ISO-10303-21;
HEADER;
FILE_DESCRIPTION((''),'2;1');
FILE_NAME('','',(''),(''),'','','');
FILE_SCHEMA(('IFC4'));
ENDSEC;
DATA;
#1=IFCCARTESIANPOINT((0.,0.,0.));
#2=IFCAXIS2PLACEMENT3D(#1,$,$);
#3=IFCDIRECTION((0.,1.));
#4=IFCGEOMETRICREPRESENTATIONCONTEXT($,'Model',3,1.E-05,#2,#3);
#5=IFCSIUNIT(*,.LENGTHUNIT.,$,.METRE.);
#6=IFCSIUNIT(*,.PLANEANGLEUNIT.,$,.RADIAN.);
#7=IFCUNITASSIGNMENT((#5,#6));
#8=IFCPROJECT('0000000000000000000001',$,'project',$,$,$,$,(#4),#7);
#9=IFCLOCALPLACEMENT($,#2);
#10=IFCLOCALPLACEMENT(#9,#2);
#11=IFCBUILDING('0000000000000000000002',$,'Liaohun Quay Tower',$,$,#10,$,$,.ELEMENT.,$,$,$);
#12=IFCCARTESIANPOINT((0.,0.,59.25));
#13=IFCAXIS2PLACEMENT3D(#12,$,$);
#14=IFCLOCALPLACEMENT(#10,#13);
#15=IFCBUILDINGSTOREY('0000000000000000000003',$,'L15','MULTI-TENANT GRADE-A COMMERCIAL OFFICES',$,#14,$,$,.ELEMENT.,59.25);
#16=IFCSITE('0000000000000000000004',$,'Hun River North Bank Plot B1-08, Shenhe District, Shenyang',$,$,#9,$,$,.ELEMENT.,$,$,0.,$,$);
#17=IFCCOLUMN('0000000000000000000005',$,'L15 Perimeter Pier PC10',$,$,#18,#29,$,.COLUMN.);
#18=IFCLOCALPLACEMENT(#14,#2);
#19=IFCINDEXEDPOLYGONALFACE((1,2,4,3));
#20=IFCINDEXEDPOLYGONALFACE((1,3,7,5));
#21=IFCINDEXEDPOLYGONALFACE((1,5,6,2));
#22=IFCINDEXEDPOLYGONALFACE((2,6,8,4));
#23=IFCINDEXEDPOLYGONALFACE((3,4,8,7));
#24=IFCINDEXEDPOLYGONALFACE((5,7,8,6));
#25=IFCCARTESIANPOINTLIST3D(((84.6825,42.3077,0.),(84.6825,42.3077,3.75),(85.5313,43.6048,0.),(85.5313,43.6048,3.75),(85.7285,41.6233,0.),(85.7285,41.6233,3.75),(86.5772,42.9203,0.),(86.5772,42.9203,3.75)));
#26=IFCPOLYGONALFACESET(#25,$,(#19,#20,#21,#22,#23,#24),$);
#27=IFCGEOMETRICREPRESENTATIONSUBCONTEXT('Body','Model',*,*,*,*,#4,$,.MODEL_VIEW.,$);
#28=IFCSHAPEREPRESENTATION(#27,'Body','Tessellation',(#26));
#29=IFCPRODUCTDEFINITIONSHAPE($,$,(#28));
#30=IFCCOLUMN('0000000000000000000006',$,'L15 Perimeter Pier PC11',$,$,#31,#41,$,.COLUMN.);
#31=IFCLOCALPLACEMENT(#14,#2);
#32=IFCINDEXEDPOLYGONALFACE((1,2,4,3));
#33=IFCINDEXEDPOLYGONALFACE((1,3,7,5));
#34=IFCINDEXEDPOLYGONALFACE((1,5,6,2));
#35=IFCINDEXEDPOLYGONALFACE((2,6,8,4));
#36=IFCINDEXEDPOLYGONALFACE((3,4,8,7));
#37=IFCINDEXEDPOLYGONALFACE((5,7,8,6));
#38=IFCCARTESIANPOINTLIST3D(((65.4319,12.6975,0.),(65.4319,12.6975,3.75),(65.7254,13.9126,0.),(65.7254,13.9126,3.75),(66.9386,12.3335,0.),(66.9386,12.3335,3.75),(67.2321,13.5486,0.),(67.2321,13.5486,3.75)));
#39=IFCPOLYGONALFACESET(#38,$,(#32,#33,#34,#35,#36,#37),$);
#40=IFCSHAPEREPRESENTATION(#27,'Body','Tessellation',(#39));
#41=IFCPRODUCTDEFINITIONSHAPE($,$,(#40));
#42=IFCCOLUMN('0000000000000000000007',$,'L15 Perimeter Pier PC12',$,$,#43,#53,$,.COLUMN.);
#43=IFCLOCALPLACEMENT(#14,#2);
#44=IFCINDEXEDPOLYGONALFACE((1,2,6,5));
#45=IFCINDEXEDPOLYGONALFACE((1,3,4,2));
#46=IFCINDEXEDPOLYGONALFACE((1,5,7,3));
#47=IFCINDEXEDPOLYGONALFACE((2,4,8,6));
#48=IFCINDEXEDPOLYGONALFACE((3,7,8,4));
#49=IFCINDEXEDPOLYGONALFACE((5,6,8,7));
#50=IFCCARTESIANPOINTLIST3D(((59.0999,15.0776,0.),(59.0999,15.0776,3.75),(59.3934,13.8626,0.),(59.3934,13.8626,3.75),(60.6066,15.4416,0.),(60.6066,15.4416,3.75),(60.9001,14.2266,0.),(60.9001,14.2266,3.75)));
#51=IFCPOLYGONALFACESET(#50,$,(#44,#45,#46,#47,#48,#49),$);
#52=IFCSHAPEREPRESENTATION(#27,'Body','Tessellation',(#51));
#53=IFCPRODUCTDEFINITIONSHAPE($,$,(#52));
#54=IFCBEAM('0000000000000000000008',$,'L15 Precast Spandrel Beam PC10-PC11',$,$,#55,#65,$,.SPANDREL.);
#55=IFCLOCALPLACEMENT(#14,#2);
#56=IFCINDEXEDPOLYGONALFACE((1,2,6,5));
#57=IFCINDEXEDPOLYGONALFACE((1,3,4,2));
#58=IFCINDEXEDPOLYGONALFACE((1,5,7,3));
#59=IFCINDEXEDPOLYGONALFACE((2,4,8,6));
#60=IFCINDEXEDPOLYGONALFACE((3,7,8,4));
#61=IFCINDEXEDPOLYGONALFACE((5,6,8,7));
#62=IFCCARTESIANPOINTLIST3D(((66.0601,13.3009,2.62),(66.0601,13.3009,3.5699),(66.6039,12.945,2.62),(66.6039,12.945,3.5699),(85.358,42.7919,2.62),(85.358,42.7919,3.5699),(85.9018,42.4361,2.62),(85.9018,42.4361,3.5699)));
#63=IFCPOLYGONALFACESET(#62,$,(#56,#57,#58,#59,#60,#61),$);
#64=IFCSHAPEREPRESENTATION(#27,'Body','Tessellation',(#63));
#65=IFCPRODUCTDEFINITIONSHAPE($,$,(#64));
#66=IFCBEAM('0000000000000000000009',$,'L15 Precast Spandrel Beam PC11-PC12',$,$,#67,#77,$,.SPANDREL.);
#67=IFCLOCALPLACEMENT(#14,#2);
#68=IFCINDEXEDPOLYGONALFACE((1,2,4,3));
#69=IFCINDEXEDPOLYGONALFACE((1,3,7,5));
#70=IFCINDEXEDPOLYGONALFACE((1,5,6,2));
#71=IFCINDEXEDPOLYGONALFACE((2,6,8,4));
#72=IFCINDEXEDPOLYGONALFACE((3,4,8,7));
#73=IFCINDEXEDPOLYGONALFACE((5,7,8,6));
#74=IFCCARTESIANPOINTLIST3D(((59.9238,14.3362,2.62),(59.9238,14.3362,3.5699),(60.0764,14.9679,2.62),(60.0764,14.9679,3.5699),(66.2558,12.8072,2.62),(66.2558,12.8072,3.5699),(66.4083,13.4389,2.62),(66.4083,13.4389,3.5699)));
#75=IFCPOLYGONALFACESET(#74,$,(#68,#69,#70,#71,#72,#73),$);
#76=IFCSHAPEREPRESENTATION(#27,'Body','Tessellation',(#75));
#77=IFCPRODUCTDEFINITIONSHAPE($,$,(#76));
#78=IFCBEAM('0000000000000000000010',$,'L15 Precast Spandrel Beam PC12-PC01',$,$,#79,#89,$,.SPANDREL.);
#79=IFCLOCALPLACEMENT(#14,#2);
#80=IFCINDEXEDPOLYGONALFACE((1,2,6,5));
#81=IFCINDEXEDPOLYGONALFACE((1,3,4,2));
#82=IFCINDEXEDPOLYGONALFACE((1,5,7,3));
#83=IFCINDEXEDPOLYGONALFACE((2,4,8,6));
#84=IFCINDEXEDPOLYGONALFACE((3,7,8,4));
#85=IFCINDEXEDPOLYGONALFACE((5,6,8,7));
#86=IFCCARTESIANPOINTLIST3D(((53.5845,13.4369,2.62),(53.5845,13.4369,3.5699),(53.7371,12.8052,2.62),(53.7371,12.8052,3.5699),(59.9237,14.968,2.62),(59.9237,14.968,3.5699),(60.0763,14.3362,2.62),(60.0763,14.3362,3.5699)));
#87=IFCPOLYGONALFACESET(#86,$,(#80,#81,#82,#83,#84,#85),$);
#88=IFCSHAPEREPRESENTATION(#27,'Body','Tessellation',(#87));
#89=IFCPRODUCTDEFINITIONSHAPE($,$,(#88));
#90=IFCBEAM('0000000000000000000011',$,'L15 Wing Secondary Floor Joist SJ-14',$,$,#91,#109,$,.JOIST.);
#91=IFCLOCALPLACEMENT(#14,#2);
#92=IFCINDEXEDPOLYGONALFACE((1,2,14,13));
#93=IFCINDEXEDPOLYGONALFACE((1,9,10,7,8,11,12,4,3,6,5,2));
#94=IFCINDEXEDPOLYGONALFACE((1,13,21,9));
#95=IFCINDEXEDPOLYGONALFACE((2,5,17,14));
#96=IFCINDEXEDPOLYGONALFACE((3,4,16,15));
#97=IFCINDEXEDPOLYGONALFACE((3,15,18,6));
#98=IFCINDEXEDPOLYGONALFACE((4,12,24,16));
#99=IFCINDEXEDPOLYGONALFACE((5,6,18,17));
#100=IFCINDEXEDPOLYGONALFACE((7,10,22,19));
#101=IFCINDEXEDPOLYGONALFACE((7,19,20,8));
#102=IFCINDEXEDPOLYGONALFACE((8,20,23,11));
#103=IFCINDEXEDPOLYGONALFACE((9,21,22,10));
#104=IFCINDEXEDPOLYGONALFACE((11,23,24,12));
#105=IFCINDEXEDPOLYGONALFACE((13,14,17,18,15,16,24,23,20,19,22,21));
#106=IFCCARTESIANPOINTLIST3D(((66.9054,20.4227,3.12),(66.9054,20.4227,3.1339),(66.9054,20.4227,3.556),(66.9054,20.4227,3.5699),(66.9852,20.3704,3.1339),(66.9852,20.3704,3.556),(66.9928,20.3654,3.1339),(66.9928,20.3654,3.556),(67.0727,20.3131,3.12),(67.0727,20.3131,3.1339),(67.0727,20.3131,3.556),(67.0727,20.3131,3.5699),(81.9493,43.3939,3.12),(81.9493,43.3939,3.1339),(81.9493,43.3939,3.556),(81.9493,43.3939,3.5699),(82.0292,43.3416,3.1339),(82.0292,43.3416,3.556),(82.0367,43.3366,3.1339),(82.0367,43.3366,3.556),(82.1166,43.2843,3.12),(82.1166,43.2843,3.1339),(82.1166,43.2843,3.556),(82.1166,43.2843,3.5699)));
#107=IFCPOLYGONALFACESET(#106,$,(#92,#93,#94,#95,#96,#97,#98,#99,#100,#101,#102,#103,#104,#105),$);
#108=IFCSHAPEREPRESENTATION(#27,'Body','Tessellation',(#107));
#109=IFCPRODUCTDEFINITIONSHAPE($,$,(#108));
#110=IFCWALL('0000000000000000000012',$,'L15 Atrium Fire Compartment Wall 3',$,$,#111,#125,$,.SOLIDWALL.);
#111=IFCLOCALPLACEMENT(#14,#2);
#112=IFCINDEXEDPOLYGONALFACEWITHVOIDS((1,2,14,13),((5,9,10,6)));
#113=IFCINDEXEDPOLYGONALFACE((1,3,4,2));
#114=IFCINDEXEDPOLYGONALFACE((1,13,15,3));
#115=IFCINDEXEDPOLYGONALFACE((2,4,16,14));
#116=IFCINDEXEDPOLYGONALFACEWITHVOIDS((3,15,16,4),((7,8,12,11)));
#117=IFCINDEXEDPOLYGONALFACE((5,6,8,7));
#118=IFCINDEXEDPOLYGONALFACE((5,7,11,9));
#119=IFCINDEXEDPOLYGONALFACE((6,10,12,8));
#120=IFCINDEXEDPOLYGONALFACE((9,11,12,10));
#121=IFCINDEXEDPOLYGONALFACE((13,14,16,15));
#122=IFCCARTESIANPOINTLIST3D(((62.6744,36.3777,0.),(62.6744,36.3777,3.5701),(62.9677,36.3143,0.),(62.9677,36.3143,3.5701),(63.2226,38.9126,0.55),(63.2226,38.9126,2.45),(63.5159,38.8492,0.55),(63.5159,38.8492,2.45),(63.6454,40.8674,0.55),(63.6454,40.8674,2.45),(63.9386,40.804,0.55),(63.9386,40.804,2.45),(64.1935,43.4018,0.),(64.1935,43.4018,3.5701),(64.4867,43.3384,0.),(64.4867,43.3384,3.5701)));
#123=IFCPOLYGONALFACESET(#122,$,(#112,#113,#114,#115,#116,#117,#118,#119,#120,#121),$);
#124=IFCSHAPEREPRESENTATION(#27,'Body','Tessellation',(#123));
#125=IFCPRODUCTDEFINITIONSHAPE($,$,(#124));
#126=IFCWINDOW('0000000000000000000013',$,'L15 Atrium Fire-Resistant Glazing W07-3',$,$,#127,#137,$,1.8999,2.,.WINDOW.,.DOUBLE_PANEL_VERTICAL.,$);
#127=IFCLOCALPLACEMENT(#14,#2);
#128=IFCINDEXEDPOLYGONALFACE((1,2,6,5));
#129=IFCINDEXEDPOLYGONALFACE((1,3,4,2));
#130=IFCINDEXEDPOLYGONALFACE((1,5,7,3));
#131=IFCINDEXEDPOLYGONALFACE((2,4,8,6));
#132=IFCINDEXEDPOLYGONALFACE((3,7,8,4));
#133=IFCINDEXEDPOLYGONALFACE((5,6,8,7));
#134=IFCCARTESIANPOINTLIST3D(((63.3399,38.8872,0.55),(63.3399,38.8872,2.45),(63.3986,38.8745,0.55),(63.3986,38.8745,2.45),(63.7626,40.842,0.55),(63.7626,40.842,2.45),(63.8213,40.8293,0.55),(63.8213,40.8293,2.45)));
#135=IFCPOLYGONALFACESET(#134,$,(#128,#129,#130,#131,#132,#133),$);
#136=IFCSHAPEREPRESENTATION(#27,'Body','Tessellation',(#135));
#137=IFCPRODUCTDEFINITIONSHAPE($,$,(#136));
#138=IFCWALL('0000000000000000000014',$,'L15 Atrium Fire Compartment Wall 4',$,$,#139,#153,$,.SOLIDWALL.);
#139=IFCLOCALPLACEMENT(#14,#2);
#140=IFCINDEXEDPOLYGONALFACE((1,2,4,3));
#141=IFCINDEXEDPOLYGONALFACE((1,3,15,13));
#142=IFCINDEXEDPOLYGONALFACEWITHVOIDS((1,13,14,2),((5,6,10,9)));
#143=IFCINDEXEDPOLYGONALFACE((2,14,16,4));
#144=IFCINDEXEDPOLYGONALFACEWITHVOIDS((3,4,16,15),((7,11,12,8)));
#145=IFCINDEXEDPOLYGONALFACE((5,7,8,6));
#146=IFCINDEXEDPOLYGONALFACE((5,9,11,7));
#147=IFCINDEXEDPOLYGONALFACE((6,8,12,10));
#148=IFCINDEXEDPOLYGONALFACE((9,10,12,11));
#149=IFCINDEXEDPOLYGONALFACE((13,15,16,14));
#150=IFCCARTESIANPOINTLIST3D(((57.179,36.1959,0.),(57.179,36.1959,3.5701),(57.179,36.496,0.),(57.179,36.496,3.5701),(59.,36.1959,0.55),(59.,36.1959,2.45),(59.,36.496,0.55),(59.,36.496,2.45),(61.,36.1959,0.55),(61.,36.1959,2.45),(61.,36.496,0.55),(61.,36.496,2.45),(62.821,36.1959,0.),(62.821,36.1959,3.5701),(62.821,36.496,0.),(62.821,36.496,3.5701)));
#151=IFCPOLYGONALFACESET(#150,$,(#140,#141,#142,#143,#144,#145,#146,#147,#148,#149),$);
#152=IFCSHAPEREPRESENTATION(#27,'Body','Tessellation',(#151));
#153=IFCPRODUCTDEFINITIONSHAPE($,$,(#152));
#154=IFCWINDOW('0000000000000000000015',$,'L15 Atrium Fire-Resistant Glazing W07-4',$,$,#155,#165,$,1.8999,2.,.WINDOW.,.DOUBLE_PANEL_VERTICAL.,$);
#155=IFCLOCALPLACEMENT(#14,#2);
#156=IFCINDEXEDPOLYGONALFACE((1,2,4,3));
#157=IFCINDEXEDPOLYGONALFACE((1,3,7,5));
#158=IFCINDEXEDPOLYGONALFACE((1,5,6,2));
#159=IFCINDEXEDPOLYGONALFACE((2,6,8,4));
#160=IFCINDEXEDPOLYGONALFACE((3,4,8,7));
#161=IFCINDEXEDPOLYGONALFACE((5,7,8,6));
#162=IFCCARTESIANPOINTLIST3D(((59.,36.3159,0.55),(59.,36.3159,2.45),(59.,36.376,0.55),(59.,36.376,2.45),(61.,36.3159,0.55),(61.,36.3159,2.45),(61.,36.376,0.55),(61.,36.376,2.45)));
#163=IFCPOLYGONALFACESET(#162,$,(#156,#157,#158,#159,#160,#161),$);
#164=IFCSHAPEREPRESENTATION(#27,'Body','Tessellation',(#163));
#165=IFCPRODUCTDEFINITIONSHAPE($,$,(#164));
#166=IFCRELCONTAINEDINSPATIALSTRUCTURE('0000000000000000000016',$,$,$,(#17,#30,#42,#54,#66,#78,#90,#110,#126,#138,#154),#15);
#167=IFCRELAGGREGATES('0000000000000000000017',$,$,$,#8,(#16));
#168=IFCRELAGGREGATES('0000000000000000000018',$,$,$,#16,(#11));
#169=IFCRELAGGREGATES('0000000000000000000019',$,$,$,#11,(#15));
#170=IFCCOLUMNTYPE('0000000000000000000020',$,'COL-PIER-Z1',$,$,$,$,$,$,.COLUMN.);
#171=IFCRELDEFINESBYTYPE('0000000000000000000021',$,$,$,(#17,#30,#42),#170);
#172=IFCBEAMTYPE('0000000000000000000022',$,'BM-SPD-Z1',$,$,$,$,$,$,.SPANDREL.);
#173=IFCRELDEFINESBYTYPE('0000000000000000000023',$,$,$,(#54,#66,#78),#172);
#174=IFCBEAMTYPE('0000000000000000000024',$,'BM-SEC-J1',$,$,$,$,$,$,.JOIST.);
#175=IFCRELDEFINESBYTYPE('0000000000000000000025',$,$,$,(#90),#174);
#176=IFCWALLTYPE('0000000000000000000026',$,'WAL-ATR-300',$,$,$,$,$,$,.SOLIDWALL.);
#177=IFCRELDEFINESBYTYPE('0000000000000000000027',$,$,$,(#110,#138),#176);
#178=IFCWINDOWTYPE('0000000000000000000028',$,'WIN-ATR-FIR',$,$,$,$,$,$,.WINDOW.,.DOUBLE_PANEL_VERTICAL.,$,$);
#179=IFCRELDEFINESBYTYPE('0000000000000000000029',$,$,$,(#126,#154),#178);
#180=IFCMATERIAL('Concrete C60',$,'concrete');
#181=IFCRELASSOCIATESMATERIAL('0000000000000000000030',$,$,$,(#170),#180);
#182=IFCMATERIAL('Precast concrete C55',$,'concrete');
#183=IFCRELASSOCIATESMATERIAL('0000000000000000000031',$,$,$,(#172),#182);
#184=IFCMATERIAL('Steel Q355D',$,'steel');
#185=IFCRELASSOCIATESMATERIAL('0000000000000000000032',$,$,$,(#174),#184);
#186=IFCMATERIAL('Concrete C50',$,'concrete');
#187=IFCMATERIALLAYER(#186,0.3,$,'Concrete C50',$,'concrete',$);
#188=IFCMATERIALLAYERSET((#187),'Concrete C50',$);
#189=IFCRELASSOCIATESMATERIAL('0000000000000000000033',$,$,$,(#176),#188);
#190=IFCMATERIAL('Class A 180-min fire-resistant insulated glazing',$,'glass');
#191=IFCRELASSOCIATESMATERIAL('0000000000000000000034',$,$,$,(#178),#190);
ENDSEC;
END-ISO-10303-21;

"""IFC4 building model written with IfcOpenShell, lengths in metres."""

from ifc_helpers import new_model, si_unit, direction, frame, frame_2d, origin, origin_2d, place, context, subcontext, project, spatial, rectangle, i_section, extrude, source, transform, mapped, material, layer, layer_set, material_profile, profile_set, type_object, element, fill, save


model = new_model("IFC4")

# Units and contexts
model_context = context("Model", 3, precision=1e-05, world=origin(), true_north=direction((0.0, 1.0)))
body_context = subcontext(model_context, "Body", "Model", "MODEL_VIEW")
ifc_project = project(units=[si_unit("LENGTHUNIT", "METRE"), si_unit("PLANEANGLEUNIT", "RADIAN")], contexts=[model_context])

# Site, building, storey
site_placement = place(None, origin())
site = spatial("IfcSite", under=ifc_project, at=site_placement, Name="Hun River North Bank Plot B1-08, Shenhe District, Shenyang", CompositionType="ELEMENT", RefElevation=0.0)
building_placement = place(site_placement, origin())
building = spatial("IfcBuilding", under=site, at=building_placement, Name="Liaohun Quay Tower", CompositionType="ELEMENT")
storey_placement = place(building_placement, frame((0.0, 0.0, 59.25)))
storey = spatial("IfcBuildingStorey", under=building, at=storey_placement, Name="L15", Description="MULTI-TENANT GRADE-A COMMERCIAL OFFICES", CompositionType="ELEMENT", Elevation=59.25)

# Columns
ifc_material_1 = material(Name="Concrete C60", Category="concrete")
ifc_material_profile_1 = material_profile(ifc_material_1, rectangle(XDim=1.55, YDim=1.25, at=origin_2d()), Name="RC1550x1250")
ifc_profile_set_1 = profile_set([ifc_material_profile_1], Name="Concrete C60")
column_type = type_object("IfcColumnType", Name="COL-PIER-Z1", PredefinedType="COLUMN", material=ifc_profile_set_1)
shared_shape_1 = source(origin(), body_context, "Body", "SweptSolid", [
    extrude(rectangle(XDim=1.55, YDim=1.25, at=origin_2d()), origin(), (0.0, 0.0, 1.0), 3.75),
])
for number, where, z_axis, x_axis, name in (
    (1, (85.6299, 42.614, 0.0), (0.0, 0.0, 1.0), (0.547563, 0.836764, 0.0), "L15 Perimeter Pier PC10"),
    (2, (66.332, 13.123, 0.0), (0.0, 0.0, 1.0), (-0.972043, 0.234803, 0.0), "L15 Perimeter Pier PC11"),
    (3, (60.0, 14.6521, 0.0), (0.0, 0.0, 1.0), (0.972043, 0.234803, 0.0), "L15 Perimeter Pier PC12"),
):
    element("IfcColumn", number, at=place(storey_placement, frame(where, z_axis=z_axis, x_axis=x_axis)), inside=storey, type_object=column_type, Name=name, PredefinedType="COLUMN", context=body_context, shape_type="MappedRepresentation", body=[
        mapped(shared_shape_1, transform((0.0, 0.0, 0.0), x_axis=(1.0, 0.0, 0.0), y_axis=(0.0, 1.0, 0.0), z_axis=(0.0, 0.0, 1.0), scale=1.0)),
    ])

# Beams
ifc_material_2 = material(Name="Precast concrete C55", Category="concrete")
ifc_material_profile_2 = material_profile(ifc_material_2, rectangle(XDim=0.6499, YDim=0.95, at=origin_2d()), Name="RC650x950")
ifc_profile_set_2 = profile_set([ifc_material_profile_2], Name="Precast concrete C55")
beam_type_1 = type_object("IfcBeamType", Name="BM-SPD-Z1", PredefinedType="SPANDREL", material=ifc_profile_set_2)
shared_shape_2 = source(origin(), body_context, "Body", "SweptSolid", [
    extrude(rectangle(XDim=0.6499, YDim=0.95, at=origin_2d()), origin(), (0.0, 0.0, 1.0), 35.2439),
])
beam_1_placement = place(storey_placement, frame((85.6299, 42.614, 3.095), z_axis=(-0.547553, -0.836771, 0.0), x_axis=(0.836771, -0.547553, 0.0)))
element("IfcBeam", 4, at=beam_1_placement, inside=storey, type_object=beam_type_1, Name="L15 Precast Spandrel Beam PC10-PC11", PredefinedType="SPANDREL", context=body_context, shape_type="MappedRepresentation", body=[
    mapped(shared_shape_2, transform((0.0, 0.0, 0.0), x_axis=(1.0, 0.0, 0.0), y_axis=(0.0, 1.0, 0.0), z_axis=(0.0, 0.0, 1.0), scale=1.0)),
])
shared_shape_3 = source(origin(), body_context, "Body", "SweptSolid", [
    extrude(rectangle(XDim=0.6499, YDim=0.95, at=origin_2d()), origin(), (0.0, 0.0, 1.0), 6.5139),
])
beam_2_placement = place(storey_placement, frame((66.332, 13.123, 3.095), z_axis=(-0.97206, 0.234732, 0.0), x_axis=(-0.234732, -0.97206, 0.0)))
element("IfcBeam", 5, at=beam_2_placement, inside=storey, type_object=beam_type_1, Name="L15 Precast Spandrel Beam PC11-PC12", PredefinedType="SPANDREL", context=body_context, shape_type="MappedRepresentation", body=[
    mapped(shared_shape_3, transform((0.0, 0.0, 0.0), x_axis=(1.0, 0.0, 0.0), y_axis=(0.0, 1.0, 0.0), z_axis=(0.0, 0.0, 1.0), scale=1.0)),
])
shared_shape_4 = source(origin(), body_context, "Body", "SweptSolid", [
    extrude(rectangle(XDim=0.6499, YDim=0.95, at=origin_2d()), origin(), (0.0, 0.0, 1.0), 6.5215),
])
beam_3_placement = place(storey_placement, frame((60.0, 14.6521, 3.095), z_axis=(-0.972052, -0.234767, 0.0), x_axis=(0.234767, -0.972052, 0.0)))
element("IfcBeam", 6, at=beam_3_placement, inside=storey, type_object=beam_type_1, Name="L15 Precast Spandrel Beam PC12-PC01", PredefinedType="SPANDREL", context=body_context, shape_type="MappedRepresentation", body=[
    mapped(shared_shape_4, transform((0.0, 0.0, 0.0), x_axis=(1.0, 0.0, 0.0), y_axis=(0.0, 1.0, 0.0), z_axis=(0.0, 0.0, 1.0), scale=1.0)),
])
ifc_material_3 = material(Name="Steel Q355D", Category="steel")
ifc_material_profile_3 = material_profile(ifc_material_3, i_section(OverallWidth=0.2, OverallDepth=0.45, WebThickness=0.009, FlangeThickness=0.0139, at=origin_2d()), Name="HN450x200x9x14")
ifc_profile_set_3 = profile_set([ifc_material_profile_3], Name="Steel Q355D")
beam_type_2 = type_object("IfcBeamType", Name="BM-SEC-J1", PredefinedType="JOIST", material=ifc_profile_set_3)
shared_shape_5 = source(origin(), body_context, "Body", "SweptSolid", [
    extrude(i_section(OverallWidth=0.2, OverallDepth=0.45, WebThickness=0.009, FlangeThickness=0.0139, at=origin_2d()), origin(), (0.0, 0.0, 1.0), 27.459),
])
beam_4_placement = place(storey_placement, frame((82.033, 43.3391, 3.345), z_axis=(-0.54787, -0.836564, 0.0), x_axis=(0.836564, -0.54787, 0.0)))
element("IfcBeam", 7, at=beam_4_placement, inside=storey, type_object=beam_type_2, Name="L15 Wing Secondary Floor Joist SJ-14", PredefinedType="JOIST", context=body_context, shape_type="MappedRepresentation", body=[
    mapped(shared_shape_5, transform((0.0, 0.0, 0.0), x_axis=(1.0, 0.0, 0.0), y_axis=(0.0, 1.0, 0.0), z_axis=(0.0, 0.0, 1.0), scale=1.0)),
])

# Walls, openings, windows
ifc_material_4 = material(Name="Concrete C50", Category="concrete")
ifc_layer_1 = layer(ifc_material_4, 0.3, Name="Concrete C50", Category="concrete")
ifc_layer_set_1 = layer_set([ifc_layer_1], Name="Concrete C50")
wall_type_1 = type_object("IfcWallType", Name="WAL-ATR-300", PredefinedType="SOLIDWALL", material=ifc_layer_set_1)
wall_1_placement = place(storey_placement, frame((64.3401, 43.3701, 0.0), z_axis=(0.0, 0.0, 1.0), x_axis=(-0.211373, -0.977405, 0.0)))
wall_1 = element("IfcWall", 8, at=wall_1_placement, inside=storey, type_object=wall_type_1, Name="L15 Atrium Fire Compartment Wall 3", PredefinedType="SOLIDWALL", context=body_context, shape_type="SweptSolid", body=[
    extrude(rectangle(XDim=7.1865, YDim=0.3, at=frame_2d((3.5933, 0.0))), origin(), (0.0, 0.0, 1.0), 3.5701),
])
shared_shape_6 = source(origin(), body_context, "Body", "SweptSolid", [
    extrude(rectangle(XDim=2.0, YDim=1.8999, at=frame_2d((1.0, 0.95))), frame((0.0, 0.1599, 0.0), z_axis=(0.0, -1.0, 0.0), x_axis=(1.0, 0.0, 0.0)), (0.0, 0.0, 1.0), 0.3201),
])
opening_1_placement = place(wall_1_placement, frame((2.593, 0.0, 0.55)))
opening_1 = element("IfcOpeningElement", 9, at=opening_1_placement, cuts=wall_1, PredefinedType="OPENING", context=body_context, shape_type="MappedRepresentation", body=[
    mapped(shared_shape_6, transform((0.0, 0.0, 0.0), x_axis=(1.0, 0.0, 0.0), y_axis=(0.0, 1.0, 0.0), z_axis=(0.0, 0.0, 1.0), scale=1.0)),
])
ifc_material_5 = material(Name="Class A 180-min fire-resistant insulated glazing", Category="glass")
window_type_1 = type_object("IfcWindowType", Name="WIN-ATR-FIR", PartitioningType="DOUBLE_PANEL_VERTICAL", PredefinedType="WINDOW", material=ifc_material_5)
shared_shape_7 = source(origin(), body_context, "Body", "SweptSolid", [
    extrude(rectangle(XDim=2.0, YDim=1.8999, at=frame_2d((1.0, 0.95))), frame((0.0, 0.03, 0.0), z_axis=(0.0, -1.0, 0.0), x_axis=(1.0, 0.0, 0.0)), (0.0, 0.0, 1.0), 0.0601),
])
window_1_placement = place(opening_1_placement, origin())
window_1 = element("IfcWindow", 10, at=window_1_placement, inside=storey, type_object=window_type_1, Name="L15 Atrium Fire-Resistant Glazing W07-3", OverallHeight=1.8999, OverallWidth=2.0, PartitioningType="DOUBLE_PANEL_VERTICAL", PredefinedType="WINDOW", context=body_context, shape_type="MappedRepresentation", body=[
    mapped(shared_shape_7, transform((0.0, 0.0, 0.0), x_axis=(1.0, 0.0, 0.0), y_axis=(0.0, 1.0, 0.0), z_axis=(0.0, 0.0, 1.0), scale=1.0)),
])
fill(opening_1, window_1)
wall_2_placement = place(storey_placement, frame((62.821, 36.3459, 0.0), z_axis=(0.0, 0.0, 1.0), x_axis=(-1.0, 0.0, 0.0)))
wall_2 = element("IfcWall", 11, at=wall_2_placement, inside=storey, type_object=wall_type_1, Name="L15 Atrium Fire Compartment Wall 4", PredefinedType="SOLIDWALL", context=body_context, shape_type="SweptSolid", body=[
    extrude(rectangle(XDim=5.6421, YDim=0.3, at=frame_2d((2.821, 0.0))), origin(), (0.0, 0.0, 1.0), 3.5701),
])
opening_2_placement = place(wall_2_placement, frame((1.821, 0.0, 0.55)))
opening_2 = element("IfcOpeningElement", 12, at=opening_2_placement, cuts=wall_2, PredefinedType="OPENING", context=body_context, shape_type="MappedRepresentation", body=[
    mapped(shared_shape_6, transform((0.0, 0.0, 0.0), x_axis=(1.0, 0.0, 0.0), y_axis=(0.0, 1.0, 0.0), z_axis=(0.0, 0.0, 1.0), scale=1.0)),
])
window_2_placement = place(opening_2_placement, origin())
window_2 = element("IfcWindow", 13, at=window_2_placement, inside=storey, type_object=window_type_1, Name="L15 Atrium Fire-Resistant Glazing W07-4", OverallHeight=1.8999, OverallWidth=2.0, PartitioningType="DOUBLE_PANEL_VERTICAL", PredefinedType="WINDOW", context=body_context, shape_type="MappedRepresentation", body=[
    mapped(shared_shape_7, transform((0.0, 0.0, 0.0), x_axis=(1.0, 0.0, 0.0), y_axis=(0.0, 1.0, 0.0), z_axis=(0.0, 0.0, 1.0), scale=1.0)),
])
fill(opening_2, window_2)

save(model, "model.ifc")
